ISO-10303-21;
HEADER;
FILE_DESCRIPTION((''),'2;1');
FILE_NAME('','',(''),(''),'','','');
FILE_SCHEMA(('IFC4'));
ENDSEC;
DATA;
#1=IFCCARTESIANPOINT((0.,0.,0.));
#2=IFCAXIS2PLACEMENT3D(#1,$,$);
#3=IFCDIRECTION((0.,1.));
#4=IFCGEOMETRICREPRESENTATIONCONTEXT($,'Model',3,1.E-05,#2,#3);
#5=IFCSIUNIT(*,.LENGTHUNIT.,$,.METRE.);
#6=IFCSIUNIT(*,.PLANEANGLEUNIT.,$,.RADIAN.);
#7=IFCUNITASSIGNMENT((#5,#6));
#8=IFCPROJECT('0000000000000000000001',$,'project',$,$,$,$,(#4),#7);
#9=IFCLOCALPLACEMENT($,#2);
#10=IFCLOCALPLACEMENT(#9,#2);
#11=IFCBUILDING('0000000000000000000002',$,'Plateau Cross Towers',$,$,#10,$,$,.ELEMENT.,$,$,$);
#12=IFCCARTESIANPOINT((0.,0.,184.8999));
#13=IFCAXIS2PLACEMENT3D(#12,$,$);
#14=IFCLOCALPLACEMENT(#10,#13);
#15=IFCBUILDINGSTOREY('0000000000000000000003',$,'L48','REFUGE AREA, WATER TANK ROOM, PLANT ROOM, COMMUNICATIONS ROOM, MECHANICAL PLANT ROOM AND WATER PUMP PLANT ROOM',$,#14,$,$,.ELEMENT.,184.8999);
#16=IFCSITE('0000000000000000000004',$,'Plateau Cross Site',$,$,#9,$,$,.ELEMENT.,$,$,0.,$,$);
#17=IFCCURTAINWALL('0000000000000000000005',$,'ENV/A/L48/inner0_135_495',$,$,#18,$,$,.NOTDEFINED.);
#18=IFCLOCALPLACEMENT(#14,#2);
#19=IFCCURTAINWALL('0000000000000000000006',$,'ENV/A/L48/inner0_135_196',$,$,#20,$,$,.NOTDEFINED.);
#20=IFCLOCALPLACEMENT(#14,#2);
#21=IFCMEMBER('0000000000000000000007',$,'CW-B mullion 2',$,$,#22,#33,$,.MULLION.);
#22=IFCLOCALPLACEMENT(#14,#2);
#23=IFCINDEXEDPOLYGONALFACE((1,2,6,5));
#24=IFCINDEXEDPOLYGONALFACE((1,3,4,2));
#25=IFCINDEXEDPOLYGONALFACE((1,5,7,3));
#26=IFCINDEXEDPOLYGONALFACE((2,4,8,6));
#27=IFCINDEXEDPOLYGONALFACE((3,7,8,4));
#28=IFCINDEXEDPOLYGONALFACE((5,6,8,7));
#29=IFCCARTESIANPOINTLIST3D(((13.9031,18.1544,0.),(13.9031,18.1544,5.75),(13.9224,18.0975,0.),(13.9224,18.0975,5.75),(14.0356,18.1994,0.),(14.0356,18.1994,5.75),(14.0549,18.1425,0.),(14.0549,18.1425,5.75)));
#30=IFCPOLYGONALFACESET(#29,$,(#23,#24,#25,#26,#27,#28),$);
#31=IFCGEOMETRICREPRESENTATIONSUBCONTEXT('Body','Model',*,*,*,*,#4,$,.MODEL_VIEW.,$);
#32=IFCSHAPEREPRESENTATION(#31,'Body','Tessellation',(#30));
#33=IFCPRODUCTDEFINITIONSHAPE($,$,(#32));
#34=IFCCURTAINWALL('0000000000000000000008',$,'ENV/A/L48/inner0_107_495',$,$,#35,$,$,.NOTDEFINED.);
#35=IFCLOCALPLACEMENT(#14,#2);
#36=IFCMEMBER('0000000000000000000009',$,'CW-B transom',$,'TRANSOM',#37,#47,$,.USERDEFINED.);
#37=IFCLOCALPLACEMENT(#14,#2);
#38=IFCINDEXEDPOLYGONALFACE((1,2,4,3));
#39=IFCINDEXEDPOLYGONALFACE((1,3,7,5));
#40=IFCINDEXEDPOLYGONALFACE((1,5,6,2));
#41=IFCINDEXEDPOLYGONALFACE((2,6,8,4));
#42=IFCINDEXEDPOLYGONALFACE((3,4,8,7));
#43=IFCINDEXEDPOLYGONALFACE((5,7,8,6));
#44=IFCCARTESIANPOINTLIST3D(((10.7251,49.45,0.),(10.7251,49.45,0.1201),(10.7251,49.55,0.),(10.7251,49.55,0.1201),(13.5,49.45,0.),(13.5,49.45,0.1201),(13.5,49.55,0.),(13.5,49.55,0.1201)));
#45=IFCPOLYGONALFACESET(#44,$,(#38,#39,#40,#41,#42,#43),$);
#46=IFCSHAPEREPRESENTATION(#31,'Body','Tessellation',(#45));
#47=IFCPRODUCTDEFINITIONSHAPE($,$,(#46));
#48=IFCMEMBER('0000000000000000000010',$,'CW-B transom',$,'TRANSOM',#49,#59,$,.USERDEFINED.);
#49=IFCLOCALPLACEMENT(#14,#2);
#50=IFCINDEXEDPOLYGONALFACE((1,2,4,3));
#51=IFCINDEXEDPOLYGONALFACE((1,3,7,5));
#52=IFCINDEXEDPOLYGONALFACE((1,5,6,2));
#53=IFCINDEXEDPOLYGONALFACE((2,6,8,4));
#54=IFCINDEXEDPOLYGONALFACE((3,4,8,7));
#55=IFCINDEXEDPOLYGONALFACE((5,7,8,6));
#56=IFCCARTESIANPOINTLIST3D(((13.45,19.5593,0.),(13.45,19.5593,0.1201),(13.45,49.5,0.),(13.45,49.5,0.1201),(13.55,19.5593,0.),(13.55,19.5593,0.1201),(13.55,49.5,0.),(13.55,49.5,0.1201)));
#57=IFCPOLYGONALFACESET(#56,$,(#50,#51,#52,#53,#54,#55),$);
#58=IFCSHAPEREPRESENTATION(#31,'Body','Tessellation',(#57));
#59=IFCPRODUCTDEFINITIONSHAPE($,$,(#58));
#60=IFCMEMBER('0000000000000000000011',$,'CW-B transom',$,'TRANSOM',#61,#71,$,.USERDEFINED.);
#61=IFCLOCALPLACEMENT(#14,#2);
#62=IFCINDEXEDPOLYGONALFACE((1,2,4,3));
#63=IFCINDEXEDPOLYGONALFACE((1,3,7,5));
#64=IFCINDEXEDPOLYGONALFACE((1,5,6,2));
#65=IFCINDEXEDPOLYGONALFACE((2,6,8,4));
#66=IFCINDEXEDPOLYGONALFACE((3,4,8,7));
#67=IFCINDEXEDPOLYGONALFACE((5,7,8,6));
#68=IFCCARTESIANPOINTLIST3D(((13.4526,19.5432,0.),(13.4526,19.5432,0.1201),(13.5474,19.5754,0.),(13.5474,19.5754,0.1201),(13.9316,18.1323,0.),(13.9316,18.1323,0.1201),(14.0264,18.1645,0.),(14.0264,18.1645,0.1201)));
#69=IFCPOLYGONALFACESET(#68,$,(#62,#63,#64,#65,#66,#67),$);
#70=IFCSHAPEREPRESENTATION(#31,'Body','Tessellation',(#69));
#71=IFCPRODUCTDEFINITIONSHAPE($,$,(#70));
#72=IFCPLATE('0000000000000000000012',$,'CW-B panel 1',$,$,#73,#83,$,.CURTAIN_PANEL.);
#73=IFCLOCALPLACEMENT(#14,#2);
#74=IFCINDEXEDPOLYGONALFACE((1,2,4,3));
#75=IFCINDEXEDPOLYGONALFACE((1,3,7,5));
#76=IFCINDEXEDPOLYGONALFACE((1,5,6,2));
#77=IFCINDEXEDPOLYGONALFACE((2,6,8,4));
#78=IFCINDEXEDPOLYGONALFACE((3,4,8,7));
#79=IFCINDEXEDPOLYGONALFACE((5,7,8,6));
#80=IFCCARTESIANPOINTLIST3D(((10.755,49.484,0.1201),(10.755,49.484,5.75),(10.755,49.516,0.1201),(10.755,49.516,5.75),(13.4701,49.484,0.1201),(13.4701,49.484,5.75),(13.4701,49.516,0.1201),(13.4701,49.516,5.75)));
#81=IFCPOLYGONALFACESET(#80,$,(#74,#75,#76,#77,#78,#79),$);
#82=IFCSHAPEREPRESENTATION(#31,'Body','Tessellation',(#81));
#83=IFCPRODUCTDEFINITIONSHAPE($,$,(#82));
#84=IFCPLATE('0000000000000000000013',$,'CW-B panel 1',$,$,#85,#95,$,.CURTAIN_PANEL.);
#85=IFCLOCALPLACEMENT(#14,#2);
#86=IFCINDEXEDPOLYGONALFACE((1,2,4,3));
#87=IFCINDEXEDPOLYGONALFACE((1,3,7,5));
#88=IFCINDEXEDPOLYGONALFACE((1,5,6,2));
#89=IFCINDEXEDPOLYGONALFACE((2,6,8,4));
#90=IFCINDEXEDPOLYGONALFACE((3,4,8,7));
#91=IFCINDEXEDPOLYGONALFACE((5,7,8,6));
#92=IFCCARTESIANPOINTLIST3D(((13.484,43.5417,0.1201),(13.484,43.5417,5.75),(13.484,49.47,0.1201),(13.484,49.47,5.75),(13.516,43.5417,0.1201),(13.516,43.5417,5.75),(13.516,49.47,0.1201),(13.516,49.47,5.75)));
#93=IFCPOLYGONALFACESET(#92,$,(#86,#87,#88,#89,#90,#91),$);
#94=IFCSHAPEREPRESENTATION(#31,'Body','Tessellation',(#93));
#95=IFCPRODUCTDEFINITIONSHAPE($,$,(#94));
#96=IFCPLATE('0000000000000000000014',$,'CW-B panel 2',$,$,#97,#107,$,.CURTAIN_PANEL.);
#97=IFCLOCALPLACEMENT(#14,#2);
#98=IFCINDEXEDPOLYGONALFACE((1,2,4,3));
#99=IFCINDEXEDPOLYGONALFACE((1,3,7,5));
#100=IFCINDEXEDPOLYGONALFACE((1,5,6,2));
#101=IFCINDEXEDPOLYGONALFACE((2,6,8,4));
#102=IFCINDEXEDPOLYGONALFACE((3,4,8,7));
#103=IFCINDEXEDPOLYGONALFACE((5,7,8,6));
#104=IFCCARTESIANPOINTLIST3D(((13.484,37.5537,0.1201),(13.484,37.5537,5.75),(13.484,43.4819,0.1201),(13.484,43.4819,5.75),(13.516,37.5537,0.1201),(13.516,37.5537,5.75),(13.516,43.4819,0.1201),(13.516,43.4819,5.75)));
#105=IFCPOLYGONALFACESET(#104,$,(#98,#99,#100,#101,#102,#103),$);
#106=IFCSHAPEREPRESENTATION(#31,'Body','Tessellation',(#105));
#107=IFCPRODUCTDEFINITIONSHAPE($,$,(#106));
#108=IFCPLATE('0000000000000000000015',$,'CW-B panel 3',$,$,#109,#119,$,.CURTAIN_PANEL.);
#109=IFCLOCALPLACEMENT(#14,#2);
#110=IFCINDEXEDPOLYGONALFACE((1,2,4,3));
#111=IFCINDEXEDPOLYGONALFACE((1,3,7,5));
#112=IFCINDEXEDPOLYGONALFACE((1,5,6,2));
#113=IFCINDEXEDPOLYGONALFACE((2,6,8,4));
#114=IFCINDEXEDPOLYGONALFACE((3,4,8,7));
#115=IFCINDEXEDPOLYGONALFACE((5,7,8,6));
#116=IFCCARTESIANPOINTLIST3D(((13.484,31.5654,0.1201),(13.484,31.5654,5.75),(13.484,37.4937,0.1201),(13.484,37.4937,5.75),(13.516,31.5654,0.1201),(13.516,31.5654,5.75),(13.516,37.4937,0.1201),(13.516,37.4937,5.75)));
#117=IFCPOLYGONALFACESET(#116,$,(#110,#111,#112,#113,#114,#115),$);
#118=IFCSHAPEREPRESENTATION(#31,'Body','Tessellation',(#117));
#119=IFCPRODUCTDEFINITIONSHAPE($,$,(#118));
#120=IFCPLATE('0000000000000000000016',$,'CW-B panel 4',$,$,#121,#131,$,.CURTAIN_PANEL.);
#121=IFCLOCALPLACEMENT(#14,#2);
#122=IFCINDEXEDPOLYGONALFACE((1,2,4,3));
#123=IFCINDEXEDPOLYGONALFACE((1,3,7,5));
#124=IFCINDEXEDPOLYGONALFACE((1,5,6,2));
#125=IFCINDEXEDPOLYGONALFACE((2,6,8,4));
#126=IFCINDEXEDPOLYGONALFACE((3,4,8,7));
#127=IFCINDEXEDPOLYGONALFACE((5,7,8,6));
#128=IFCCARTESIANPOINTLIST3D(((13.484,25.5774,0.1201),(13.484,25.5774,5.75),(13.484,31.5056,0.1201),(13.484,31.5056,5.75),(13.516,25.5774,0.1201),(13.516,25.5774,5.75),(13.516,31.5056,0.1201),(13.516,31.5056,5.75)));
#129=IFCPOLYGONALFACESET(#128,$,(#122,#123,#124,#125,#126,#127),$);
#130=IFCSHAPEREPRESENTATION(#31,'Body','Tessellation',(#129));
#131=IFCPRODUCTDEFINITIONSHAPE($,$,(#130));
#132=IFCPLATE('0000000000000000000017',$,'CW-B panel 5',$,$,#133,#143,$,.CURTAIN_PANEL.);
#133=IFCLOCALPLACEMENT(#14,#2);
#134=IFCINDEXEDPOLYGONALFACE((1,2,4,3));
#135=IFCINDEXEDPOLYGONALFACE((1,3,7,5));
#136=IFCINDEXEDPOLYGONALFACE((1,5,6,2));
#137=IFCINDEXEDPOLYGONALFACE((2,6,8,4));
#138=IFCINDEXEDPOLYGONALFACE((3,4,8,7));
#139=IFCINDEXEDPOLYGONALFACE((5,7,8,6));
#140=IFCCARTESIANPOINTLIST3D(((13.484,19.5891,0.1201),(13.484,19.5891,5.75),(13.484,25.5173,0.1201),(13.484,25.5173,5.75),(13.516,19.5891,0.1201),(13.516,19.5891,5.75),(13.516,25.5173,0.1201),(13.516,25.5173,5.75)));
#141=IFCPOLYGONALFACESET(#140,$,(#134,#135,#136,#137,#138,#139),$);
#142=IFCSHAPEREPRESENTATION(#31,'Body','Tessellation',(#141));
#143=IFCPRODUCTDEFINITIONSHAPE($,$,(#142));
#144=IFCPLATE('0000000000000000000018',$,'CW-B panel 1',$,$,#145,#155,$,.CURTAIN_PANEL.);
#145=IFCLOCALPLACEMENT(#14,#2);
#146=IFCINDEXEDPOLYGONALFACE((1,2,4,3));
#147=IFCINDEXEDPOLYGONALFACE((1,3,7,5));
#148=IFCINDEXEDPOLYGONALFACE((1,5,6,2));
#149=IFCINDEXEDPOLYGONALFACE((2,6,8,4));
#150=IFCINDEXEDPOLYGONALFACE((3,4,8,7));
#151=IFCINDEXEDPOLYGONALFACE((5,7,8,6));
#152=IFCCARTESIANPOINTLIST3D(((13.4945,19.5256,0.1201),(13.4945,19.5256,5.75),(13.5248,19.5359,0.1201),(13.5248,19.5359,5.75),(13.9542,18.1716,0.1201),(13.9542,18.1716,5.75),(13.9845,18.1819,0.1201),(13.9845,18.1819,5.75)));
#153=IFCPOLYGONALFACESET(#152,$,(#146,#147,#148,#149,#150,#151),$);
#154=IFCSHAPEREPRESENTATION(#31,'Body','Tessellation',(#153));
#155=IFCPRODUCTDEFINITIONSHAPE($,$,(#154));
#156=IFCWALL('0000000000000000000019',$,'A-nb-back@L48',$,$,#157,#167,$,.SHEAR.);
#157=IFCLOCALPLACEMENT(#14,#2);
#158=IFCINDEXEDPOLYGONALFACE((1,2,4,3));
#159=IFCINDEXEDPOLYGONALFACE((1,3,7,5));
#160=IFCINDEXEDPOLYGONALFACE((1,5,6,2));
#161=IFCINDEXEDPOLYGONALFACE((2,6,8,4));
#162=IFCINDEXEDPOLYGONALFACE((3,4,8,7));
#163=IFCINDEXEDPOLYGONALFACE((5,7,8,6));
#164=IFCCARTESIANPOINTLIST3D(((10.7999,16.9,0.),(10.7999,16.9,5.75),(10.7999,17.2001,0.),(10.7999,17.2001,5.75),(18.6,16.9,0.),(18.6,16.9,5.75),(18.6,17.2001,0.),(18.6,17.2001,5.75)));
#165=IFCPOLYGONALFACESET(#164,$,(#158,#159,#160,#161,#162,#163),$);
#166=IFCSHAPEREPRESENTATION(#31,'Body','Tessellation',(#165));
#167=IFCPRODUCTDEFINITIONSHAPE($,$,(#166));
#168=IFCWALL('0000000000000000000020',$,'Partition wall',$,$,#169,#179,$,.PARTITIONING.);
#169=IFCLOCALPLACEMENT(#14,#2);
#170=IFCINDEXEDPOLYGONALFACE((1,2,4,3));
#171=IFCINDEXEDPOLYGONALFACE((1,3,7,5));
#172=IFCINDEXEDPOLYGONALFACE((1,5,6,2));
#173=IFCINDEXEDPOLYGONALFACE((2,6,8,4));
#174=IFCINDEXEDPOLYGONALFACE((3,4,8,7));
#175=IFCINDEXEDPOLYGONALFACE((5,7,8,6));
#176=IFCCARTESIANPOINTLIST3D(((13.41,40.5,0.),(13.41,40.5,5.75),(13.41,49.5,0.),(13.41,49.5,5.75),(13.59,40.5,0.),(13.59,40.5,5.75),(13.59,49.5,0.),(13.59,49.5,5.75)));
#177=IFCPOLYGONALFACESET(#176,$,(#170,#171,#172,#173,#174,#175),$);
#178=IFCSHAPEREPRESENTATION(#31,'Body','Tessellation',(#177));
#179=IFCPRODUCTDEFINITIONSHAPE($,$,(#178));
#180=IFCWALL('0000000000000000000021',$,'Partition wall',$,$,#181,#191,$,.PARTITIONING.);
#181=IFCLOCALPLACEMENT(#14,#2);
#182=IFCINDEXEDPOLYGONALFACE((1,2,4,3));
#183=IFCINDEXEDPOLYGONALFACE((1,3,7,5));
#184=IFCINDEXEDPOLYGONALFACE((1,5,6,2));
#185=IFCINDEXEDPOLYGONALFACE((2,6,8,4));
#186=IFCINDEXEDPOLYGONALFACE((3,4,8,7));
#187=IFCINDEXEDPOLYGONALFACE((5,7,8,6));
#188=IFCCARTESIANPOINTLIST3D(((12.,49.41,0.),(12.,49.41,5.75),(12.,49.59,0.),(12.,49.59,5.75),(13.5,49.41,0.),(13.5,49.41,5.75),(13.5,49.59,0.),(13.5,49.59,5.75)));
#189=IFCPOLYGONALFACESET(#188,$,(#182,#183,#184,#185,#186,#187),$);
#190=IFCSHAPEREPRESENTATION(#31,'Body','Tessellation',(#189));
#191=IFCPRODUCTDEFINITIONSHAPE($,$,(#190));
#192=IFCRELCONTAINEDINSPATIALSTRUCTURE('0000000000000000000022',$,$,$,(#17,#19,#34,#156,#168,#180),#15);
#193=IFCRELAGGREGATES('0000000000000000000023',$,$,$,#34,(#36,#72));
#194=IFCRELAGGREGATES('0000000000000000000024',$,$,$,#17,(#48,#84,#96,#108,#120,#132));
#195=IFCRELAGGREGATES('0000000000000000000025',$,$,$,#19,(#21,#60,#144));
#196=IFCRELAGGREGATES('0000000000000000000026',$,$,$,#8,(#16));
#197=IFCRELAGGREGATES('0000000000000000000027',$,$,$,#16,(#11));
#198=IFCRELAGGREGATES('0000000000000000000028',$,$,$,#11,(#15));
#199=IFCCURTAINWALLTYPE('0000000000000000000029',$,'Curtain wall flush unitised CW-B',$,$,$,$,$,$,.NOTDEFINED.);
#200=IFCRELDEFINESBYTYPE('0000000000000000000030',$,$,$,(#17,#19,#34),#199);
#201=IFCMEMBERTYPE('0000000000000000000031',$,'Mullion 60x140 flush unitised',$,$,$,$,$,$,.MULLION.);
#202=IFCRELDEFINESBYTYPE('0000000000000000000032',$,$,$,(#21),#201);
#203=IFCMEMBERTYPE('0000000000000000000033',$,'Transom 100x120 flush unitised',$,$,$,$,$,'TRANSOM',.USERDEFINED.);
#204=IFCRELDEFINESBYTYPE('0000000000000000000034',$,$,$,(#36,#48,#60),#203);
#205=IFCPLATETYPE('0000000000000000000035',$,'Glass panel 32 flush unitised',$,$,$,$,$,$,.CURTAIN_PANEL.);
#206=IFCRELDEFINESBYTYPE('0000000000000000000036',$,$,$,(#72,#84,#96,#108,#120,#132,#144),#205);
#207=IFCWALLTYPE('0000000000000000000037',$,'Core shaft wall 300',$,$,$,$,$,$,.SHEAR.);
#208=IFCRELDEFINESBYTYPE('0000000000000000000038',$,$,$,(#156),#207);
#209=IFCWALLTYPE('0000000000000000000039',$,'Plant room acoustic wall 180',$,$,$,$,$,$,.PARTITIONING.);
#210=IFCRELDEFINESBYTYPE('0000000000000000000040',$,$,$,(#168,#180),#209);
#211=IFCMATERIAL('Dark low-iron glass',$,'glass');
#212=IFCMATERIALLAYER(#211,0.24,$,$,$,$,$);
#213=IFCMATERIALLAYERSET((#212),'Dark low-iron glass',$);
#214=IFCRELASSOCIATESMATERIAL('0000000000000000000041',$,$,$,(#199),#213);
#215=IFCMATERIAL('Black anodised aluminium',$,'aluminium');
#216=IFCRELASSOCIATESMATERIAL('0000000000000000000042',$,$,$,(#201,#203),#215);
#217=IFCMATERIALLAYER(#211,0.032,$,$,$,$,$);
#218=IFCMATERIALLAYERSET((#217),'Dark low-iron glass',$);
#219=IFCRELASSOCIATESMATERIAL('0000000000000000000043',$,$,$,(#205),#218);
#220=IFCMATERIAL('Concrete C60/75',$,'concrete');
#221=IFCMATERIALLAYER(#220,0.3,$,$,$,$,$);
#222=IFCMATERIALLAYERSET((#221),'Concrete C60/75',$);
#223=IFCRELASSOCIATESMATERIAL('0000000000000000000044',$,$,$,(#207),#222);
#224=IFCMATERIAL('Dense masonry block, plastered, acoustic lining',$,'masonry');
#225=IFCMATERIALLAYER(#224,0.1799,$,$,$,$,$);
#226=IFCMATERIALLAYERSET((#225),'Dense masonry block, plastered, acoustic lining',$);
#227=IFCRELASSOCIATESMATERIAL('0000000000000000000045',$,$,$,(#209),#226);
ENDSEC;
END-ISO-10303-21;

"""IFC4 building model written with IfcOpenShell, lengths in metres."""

from ifc_helpers import new_model, si_unit, direction, frame, frame_2d, origin, origin_2d, place, context, subcontext, project, spatial, rectangle, extrude, material, layer, layer_set, material_profile, profile_set, type_object, element, aggregate, save


model = new_model("IFC4")

# Units and contexts
model_context = context("Model", 3, precision=1e-05, world=origin(), true_north=direction((0.0, 1.0)))
body_context = subcontext(model_context, "Body", "Model", "MODEL_VIEW")
ifc_project = project(units=[si_unit("LENGTHUNIT", "METRE"), si_unit("PLANEANGLEUNIT", "RADIAN")], contexts=[model_context])

# Site, building, storey
site_placement = place(None, origin())
site = spatial("IfcSite", under=ifc_project, at=site_placement, Name="Plateau Cross Site", CompositionType="ELEMENT", RefElevation=0.0)
building_placement = place(site_placement, origin())
building = spatial("IfcBuilding", under=site, at=building_placement, Name="Plateau Cross Towers", CompositionType="ELEMENT")
storey_placement = place(building_placement, frame((0.0, 0.0, 184.8999)))
storey = spatial("IfcBuildingStorey", under=building, at=storey_placement, Name="L48", Description="REFUGE AREA, WATER TANK ROOM, PLANT ROOM, COMMUNICATIONS ROOM, MECHANICAL PLANT ROOM AND WATER PUMP PLANT ROOM", CompositionType="ELEMENT", Elevation=184.8999)

# Shared definitions
ifc_material_1 = material(Name="Concrete C60/75", Category="concrete")

# Curtain walls, member
ifc_material_2 = material(Name="Dark low-iron glass", Category="glass")
ifc_layer_1 = layer(ifc_material_2, 0.24)
ifc_layer_set_1 = layer_set([ifc_layer_1], Name="Dark low-iron glass")
curtain_wall_type = type_object("IfcCurtainWallType", Name="Curtain wall flush unitised CW-B", PredefinedType="NOTDEFINED", material=ifc_layer_set_1)
curtain_wall_1_placement = place(storey_placement, origin())
curtain_wall_1 = element("IfcCurtainWall", 1, at=curtain_wall_1_placement, inside=storey, type_object=curtain_wall_type, Name="ENV/A/L48/inner0_135_495", PredefinedType="NOTDEFINED")
ifc_material_3 = material(Name="Black anodised aluminium", Category="aluminium")
ifc_material_profile_1 = material_profile(ifc_material_3, rectangle(XDim=0.0601, YDim=0.1399, at=origin_2d()), Name="MULLION 60x140")
ifc_profile_set_1 = profile_set([ifc_material_profile_1], Name="Black anodised aluminium")
member_type_1 = type_object("IfcMemberType", Name="Mullion 60x140 flush unitised", PredefinedType="MULLION", material=ifc_profile_set_1)
curtain_wall_2_placement = place(storey_placement, origin())
curtain_wall_2 = element("IfcCurtainWall", 2, at=curtain_wall_2_placement, inside=storey, type_object=curtain_wall_type, Name="ENV/A/L48/inner0_135_196", PredefinedType="NOTDEFINED")
member_1_placement = place(storey_placement, frame((13.979, 18.1484, 0.0), z_axis=(0.0, 0.0, 1.0), x_axis=(0.321469, -0.94692, 0.0)))
member_1 = element("IfcMember", 3, at=member_1_placement, type_object=member_type_1, Name="CW-B mullion 2", PredefinedType="MULLION", context=body_context, shape_type="SweptSolid", body=[
    extrude(rectangle(XDim=0.0601, YDim=0.1399, at=origin_2d()), origin(), (0.0, 0.0, 1.0), 5.75),
])

# Curtain wall, member
curtain_wall_3_placement = place(storey_placement, origin())
curtain_wall_3 = element("IfcCurtainWall", 4, at=curtain_wall_3_placement, inside=storey, type_object=curtain_wall_type, Name="ENV/A/L48/inner0_107_495", PredefinedType="NOTDEFINED")
ifc_material_profile_2 = material_profile(ifc_material_3, rectangle(XDim=0.1001, YDim=0.1201, at=origin_2d()), Name="TRANSOM 100x120")
ifc_profile_set_2 = profile_set([ifc_material_profile_2], Name="Black anodised aluminium")
member_type_2 = type_object("IfcMemberType", Name="Transom 100x120 flush unitised", ElementType="TRANSOM", PredefinedType="USERDEFINED", material=ifc_profile_set_2)
member_2_placement = place(storey_placement, frame((10.7251, 49.5, 0.0601), z_axis=(1.0, 0.0, 0.0), x_axis=(0.0, 1.0, 0.0)))
member_2 = element("IfcMember", 5, at=member_2_placement, type_object=member_type_2, Name="CW-B transom", ObjectType="TRANSOM", PredefinedType="USERDEFINED", context=body_context, shape_type="SweptSolid", body=[
    extrude(rectangle(XDim=0.1001, YDim=0.1201, at=origin_2d()), origin(), (0.0, 0.0, 1.0), 2.7749),
])

# Members
member_3_placement = place(storey_placement, frame((13.5, 49.5, 0.0601), z_axis=(0.0, -1.0, 0.0), x_axis=(1.0, 0.0, 0.0)))
member_3 = element("IfcMember", 6, at=member_3_placement, type_object=member_type_2, Name="CW-B transom", ObjectType="TRANSOM", PredefinedType="USERDEFINED", context=body_context, shape_type="SweptSolid", body=[
    extrude(rectangle(XDim=0.1001, YDim=0.1201, at=origin_2d()), origin(), (0.0, 0.0, 1.0), 29.9407),
])
member_4_placement = place(storey_placement, frame((13.5, 19.5593, 0.0601), z_axis=(0.321483, -0.946915, 0.0), x_axis=(0.946915, 0.321483, 0.0)))
member_4 = element("IfcMember", 7, at=member_4_placement, type_object=member_type_2, Name="CW-B transom", ObjectType="TRANSOM", PredefinedType="USERDEFINED", context=body_context, shape_type="SweptSolid", body=[
    extrude(rectangle(XDim=0.1001, YDim=0.1201, at=origin_2d()), origin(), (0.0, 0.0, 1.0), 1.49),
])

# Plates
ifc_layer_2 = layer(ifc_material_2, 0.032)
ifc_layer_set_2 = layer_set([ifc_layer_2], Name="Dark low-iron glass")
plate_type = type_object("IfcPlateType", Name="Glass panel 32 flush unitised", PredefinedType="CURTAIN_PANEL", material=ifc_layer_set_2)
plate_1_placement = place(storey_placement, frame((12.1125, 49.5, 0.1201), z_axis=(0.0, 0.0, 1.0), x_axis=(1.0, 0.0, 0.0)))
plate_1 = element("IfcPlate", 8, at=plate_1_placement, type_object=plate_type, Name="CW-B panel 1", PredefinedType="CURTAIN_PANEL", context=body_context, shape_type="SweptSolid", body=[
    extrude(rectangle(XDim=2.7151, YDim=0.032, at=origin_2d()), origin(), (0.0, 0.0, 1.0), 5.6299),
])
aggregate(curtain_wall_3, [member_2, plate_1])
plate_2_placement = place(storey_placement, frame((13.5, 46.5059, 0.1201), z_axis=(0.0, 0.0, 1.0), x_axis=(0.0, -1.0, 0.0)))
plate_2 = element("IfcPlate", 9, at=plate_2_placement, type_object=plate_type, Name="CW-B panel 1", PredefinedType="CURTAIN_PANEL", context=body_context, shape_type="SweptSolid", body=[
    extrude(rectangle(XDim=5.9282, YDim=0.032, at=origin_2d()), origin(), (0.0, 0.0, 1.0), 5.6299),
])
plate_3_placement = place(storey_placement, frame((13.5, 40.5178, 0.1201), z_axis=(0.0, 0.0, 1.0), x_axis=(0.0, -1.0, 0.0)))
plate_3 = element("IfcPlate", 10, at=plate_3_placement, type_object=plate_type, Name="CW-B panel 2", PredefinedType="CURTAIN_PANEL", context=body_context, shape_type="SweptSolid", body=[
    extrude(rectangle(XDim=5.9282, YDim=0.032, at=origin_2d()), origin(), (0.0, 0.0, 1.0), 5.6299),
])
plate_4_placement = place(storey_placement, frame((13.5, 34.5295, 0.1201), z_axis=(0.0, 0.0, 1.0), x_axis=(0.0, -1.0, 0.0)))
plate_4 = element("IfcPlate", 11, at=plate_4_placement, type_object=plate_type, Name="CW-B panel 3", PredefinedType="CURTAIN_PANEL", context=body_context, shape_type="SweptSolid", body=[
    extrude(rectangle(XDim=5.9282, YDim=0.032, at=origin_2d()), origin(), (0.0, 0.0, 1.0), 5.6299),
])
plate_5_placement = place(storey_placement, frame((13.5, 28.5415, 0.1201), z_axis=(0.0, 0.0, 1.0), x_axis=(0.0, -1.0, 0.0)))
plate_5 = element("IfcPlate", 12, at=plate_5_placement, type_object=plate_type, Name="CW-B panel 4", PredefinedType="CURTAIN_PANEL", context=body_context, shape_type="SweptSolid", body=[
    extrude(rectangle(XDim=5.9282, YDim=0.032, at=origin_2d()), origin(), (0.0, 0.0, 1.0), 5.6299),
])
plate_6_placement = place(storey_placement, frame((13.5, 22.5532, 0.1201), z_axis=(0.0, 0.0, 1.0), x_axis=(0.0, -1.0, 0.0)))
plate_6 = element("IfcPlate", 13, at=plate_6_placement, type_object=plate_type, Name="CW-B panel 5", PredefinedType="CURTAIN_PANEL", context=body_context, shape_type="SweptSolid", body=[
    extrude(rectangle(XDim=5.9282, YDim=0.032, at=origin_2d()), origin(), (0.0, 0.0, 1.0), 5.6299),
])
aggregate(curtain_wall_1, [member_3, plate_2, plate_3, plate_4, plate_5, plate_6])
plate_7_placement = place(storey_placement, frame((13.7395, 18.8538, 0.1201), z_axis=(0.0, 0.0, 1.0), x_axis=(0.321469, -0.94692, 0.0)))
plate_7 = element("IfcPlate", 14, at=plate_7_placement, type_object=plate_type, Name="CW-B panel 1", PredefinedType="CURTAIN_PANEL", context=body_context, shape_type="SweptSolid", body=[
    extrude(rectangle(XDim=1.4299, YDim=0.032, at=origin_2d()), origin(), (0.0, 0.0, 1.0), 5.6299),
])
aggregate(curtain_wall_2, [member_1, member_4, plate_7])

# Walls
ifc_layer_3 = layer(ifc_material_1, 0.3)
ifc_layer_set_3 = layer_set([ifc_layer_3], Name="Concrete C60/75")
wall_type_1 = type_object("IfcWallType", Name="Core shaft wall 300", PredefinedType="SHEAR", material=ifc_layer_set_3)
wall_1_placement = place(storey_placement, frame((10.8, 17.05, 0.0), z_axis=(0.0, 0.0, 1.0), x_axis=(1.0, 0.0, 0.0)))
element("IfcWall", 15, at=wall_1_placement, inside=storey, type_object=wall_type_1, Name="A-nb-back@L48", PredefinedType="SHEAR", context=body_context, shape_type="SweptSolid", body=[
    extrude(rectangle(XDim=7.8, YDim=0.3, at=frame_2d((3.8999, 0.0))), origin(), (0.0, 0.0, 1.0), 5.75),
])
ifc_material_4 = material(Name="Dense masonry block, plastered, acoustic lining", Category="masonry")
ifc_layer_4 = layer(ifc_material_4, 0.1799)
ifc_layer_set_4 = layer_set([ifc_layer_4], Name="Dense masonry block, plastered, acoustic lining")
wall_type_2 = type_object("IfcWallType", Name="Plant room acoustic wall 180", PredefinedType="PARTITIONING", material=ifc_layer_set_4)
wall_2_placement = place(storey_placement, frame((13.5, 40.5, 0.0), z_axis=(0.0, 0.0, 1.0), x_axis=(0.0, 1.0, 0.0)))
element("IfcWall", 16, at=wall_2_placement, inside=storey, type_object=wall_type_2, Name="Partition wall", PredefinedType="PARTITIONING", context=body_context, shape_type="SweptSolid", body=[
    extrude(rectangle(XDim=9.0, YDim=0.1799, at=frame_2d((4.5, 0.0))), origin(), (0.0, 0.0, 1.0), 5.75),
])
wall_3_placement = place(storey_placement, frame((13.5, 49.5, 0.0), z_axis=(0.0, 0.0, 1.0), x_axis=(-1.0, 0.0, 0.0)))
element("IfcWall", 17, at=wall_3_placement, inside=storey, type_object=wall_type_2, Name="Partition wall", PredefinedType="PARTITIONING", context=body_context, shape_type="SweptSolid", body=[
    extrude(rectangle(XDim=1.5, YDim=0.1799, at=frame_2d((0.75, 0.0))), origin(), (0.0, 0.0, 1.0), 5.75),
])

save(model, "model.ifc")
